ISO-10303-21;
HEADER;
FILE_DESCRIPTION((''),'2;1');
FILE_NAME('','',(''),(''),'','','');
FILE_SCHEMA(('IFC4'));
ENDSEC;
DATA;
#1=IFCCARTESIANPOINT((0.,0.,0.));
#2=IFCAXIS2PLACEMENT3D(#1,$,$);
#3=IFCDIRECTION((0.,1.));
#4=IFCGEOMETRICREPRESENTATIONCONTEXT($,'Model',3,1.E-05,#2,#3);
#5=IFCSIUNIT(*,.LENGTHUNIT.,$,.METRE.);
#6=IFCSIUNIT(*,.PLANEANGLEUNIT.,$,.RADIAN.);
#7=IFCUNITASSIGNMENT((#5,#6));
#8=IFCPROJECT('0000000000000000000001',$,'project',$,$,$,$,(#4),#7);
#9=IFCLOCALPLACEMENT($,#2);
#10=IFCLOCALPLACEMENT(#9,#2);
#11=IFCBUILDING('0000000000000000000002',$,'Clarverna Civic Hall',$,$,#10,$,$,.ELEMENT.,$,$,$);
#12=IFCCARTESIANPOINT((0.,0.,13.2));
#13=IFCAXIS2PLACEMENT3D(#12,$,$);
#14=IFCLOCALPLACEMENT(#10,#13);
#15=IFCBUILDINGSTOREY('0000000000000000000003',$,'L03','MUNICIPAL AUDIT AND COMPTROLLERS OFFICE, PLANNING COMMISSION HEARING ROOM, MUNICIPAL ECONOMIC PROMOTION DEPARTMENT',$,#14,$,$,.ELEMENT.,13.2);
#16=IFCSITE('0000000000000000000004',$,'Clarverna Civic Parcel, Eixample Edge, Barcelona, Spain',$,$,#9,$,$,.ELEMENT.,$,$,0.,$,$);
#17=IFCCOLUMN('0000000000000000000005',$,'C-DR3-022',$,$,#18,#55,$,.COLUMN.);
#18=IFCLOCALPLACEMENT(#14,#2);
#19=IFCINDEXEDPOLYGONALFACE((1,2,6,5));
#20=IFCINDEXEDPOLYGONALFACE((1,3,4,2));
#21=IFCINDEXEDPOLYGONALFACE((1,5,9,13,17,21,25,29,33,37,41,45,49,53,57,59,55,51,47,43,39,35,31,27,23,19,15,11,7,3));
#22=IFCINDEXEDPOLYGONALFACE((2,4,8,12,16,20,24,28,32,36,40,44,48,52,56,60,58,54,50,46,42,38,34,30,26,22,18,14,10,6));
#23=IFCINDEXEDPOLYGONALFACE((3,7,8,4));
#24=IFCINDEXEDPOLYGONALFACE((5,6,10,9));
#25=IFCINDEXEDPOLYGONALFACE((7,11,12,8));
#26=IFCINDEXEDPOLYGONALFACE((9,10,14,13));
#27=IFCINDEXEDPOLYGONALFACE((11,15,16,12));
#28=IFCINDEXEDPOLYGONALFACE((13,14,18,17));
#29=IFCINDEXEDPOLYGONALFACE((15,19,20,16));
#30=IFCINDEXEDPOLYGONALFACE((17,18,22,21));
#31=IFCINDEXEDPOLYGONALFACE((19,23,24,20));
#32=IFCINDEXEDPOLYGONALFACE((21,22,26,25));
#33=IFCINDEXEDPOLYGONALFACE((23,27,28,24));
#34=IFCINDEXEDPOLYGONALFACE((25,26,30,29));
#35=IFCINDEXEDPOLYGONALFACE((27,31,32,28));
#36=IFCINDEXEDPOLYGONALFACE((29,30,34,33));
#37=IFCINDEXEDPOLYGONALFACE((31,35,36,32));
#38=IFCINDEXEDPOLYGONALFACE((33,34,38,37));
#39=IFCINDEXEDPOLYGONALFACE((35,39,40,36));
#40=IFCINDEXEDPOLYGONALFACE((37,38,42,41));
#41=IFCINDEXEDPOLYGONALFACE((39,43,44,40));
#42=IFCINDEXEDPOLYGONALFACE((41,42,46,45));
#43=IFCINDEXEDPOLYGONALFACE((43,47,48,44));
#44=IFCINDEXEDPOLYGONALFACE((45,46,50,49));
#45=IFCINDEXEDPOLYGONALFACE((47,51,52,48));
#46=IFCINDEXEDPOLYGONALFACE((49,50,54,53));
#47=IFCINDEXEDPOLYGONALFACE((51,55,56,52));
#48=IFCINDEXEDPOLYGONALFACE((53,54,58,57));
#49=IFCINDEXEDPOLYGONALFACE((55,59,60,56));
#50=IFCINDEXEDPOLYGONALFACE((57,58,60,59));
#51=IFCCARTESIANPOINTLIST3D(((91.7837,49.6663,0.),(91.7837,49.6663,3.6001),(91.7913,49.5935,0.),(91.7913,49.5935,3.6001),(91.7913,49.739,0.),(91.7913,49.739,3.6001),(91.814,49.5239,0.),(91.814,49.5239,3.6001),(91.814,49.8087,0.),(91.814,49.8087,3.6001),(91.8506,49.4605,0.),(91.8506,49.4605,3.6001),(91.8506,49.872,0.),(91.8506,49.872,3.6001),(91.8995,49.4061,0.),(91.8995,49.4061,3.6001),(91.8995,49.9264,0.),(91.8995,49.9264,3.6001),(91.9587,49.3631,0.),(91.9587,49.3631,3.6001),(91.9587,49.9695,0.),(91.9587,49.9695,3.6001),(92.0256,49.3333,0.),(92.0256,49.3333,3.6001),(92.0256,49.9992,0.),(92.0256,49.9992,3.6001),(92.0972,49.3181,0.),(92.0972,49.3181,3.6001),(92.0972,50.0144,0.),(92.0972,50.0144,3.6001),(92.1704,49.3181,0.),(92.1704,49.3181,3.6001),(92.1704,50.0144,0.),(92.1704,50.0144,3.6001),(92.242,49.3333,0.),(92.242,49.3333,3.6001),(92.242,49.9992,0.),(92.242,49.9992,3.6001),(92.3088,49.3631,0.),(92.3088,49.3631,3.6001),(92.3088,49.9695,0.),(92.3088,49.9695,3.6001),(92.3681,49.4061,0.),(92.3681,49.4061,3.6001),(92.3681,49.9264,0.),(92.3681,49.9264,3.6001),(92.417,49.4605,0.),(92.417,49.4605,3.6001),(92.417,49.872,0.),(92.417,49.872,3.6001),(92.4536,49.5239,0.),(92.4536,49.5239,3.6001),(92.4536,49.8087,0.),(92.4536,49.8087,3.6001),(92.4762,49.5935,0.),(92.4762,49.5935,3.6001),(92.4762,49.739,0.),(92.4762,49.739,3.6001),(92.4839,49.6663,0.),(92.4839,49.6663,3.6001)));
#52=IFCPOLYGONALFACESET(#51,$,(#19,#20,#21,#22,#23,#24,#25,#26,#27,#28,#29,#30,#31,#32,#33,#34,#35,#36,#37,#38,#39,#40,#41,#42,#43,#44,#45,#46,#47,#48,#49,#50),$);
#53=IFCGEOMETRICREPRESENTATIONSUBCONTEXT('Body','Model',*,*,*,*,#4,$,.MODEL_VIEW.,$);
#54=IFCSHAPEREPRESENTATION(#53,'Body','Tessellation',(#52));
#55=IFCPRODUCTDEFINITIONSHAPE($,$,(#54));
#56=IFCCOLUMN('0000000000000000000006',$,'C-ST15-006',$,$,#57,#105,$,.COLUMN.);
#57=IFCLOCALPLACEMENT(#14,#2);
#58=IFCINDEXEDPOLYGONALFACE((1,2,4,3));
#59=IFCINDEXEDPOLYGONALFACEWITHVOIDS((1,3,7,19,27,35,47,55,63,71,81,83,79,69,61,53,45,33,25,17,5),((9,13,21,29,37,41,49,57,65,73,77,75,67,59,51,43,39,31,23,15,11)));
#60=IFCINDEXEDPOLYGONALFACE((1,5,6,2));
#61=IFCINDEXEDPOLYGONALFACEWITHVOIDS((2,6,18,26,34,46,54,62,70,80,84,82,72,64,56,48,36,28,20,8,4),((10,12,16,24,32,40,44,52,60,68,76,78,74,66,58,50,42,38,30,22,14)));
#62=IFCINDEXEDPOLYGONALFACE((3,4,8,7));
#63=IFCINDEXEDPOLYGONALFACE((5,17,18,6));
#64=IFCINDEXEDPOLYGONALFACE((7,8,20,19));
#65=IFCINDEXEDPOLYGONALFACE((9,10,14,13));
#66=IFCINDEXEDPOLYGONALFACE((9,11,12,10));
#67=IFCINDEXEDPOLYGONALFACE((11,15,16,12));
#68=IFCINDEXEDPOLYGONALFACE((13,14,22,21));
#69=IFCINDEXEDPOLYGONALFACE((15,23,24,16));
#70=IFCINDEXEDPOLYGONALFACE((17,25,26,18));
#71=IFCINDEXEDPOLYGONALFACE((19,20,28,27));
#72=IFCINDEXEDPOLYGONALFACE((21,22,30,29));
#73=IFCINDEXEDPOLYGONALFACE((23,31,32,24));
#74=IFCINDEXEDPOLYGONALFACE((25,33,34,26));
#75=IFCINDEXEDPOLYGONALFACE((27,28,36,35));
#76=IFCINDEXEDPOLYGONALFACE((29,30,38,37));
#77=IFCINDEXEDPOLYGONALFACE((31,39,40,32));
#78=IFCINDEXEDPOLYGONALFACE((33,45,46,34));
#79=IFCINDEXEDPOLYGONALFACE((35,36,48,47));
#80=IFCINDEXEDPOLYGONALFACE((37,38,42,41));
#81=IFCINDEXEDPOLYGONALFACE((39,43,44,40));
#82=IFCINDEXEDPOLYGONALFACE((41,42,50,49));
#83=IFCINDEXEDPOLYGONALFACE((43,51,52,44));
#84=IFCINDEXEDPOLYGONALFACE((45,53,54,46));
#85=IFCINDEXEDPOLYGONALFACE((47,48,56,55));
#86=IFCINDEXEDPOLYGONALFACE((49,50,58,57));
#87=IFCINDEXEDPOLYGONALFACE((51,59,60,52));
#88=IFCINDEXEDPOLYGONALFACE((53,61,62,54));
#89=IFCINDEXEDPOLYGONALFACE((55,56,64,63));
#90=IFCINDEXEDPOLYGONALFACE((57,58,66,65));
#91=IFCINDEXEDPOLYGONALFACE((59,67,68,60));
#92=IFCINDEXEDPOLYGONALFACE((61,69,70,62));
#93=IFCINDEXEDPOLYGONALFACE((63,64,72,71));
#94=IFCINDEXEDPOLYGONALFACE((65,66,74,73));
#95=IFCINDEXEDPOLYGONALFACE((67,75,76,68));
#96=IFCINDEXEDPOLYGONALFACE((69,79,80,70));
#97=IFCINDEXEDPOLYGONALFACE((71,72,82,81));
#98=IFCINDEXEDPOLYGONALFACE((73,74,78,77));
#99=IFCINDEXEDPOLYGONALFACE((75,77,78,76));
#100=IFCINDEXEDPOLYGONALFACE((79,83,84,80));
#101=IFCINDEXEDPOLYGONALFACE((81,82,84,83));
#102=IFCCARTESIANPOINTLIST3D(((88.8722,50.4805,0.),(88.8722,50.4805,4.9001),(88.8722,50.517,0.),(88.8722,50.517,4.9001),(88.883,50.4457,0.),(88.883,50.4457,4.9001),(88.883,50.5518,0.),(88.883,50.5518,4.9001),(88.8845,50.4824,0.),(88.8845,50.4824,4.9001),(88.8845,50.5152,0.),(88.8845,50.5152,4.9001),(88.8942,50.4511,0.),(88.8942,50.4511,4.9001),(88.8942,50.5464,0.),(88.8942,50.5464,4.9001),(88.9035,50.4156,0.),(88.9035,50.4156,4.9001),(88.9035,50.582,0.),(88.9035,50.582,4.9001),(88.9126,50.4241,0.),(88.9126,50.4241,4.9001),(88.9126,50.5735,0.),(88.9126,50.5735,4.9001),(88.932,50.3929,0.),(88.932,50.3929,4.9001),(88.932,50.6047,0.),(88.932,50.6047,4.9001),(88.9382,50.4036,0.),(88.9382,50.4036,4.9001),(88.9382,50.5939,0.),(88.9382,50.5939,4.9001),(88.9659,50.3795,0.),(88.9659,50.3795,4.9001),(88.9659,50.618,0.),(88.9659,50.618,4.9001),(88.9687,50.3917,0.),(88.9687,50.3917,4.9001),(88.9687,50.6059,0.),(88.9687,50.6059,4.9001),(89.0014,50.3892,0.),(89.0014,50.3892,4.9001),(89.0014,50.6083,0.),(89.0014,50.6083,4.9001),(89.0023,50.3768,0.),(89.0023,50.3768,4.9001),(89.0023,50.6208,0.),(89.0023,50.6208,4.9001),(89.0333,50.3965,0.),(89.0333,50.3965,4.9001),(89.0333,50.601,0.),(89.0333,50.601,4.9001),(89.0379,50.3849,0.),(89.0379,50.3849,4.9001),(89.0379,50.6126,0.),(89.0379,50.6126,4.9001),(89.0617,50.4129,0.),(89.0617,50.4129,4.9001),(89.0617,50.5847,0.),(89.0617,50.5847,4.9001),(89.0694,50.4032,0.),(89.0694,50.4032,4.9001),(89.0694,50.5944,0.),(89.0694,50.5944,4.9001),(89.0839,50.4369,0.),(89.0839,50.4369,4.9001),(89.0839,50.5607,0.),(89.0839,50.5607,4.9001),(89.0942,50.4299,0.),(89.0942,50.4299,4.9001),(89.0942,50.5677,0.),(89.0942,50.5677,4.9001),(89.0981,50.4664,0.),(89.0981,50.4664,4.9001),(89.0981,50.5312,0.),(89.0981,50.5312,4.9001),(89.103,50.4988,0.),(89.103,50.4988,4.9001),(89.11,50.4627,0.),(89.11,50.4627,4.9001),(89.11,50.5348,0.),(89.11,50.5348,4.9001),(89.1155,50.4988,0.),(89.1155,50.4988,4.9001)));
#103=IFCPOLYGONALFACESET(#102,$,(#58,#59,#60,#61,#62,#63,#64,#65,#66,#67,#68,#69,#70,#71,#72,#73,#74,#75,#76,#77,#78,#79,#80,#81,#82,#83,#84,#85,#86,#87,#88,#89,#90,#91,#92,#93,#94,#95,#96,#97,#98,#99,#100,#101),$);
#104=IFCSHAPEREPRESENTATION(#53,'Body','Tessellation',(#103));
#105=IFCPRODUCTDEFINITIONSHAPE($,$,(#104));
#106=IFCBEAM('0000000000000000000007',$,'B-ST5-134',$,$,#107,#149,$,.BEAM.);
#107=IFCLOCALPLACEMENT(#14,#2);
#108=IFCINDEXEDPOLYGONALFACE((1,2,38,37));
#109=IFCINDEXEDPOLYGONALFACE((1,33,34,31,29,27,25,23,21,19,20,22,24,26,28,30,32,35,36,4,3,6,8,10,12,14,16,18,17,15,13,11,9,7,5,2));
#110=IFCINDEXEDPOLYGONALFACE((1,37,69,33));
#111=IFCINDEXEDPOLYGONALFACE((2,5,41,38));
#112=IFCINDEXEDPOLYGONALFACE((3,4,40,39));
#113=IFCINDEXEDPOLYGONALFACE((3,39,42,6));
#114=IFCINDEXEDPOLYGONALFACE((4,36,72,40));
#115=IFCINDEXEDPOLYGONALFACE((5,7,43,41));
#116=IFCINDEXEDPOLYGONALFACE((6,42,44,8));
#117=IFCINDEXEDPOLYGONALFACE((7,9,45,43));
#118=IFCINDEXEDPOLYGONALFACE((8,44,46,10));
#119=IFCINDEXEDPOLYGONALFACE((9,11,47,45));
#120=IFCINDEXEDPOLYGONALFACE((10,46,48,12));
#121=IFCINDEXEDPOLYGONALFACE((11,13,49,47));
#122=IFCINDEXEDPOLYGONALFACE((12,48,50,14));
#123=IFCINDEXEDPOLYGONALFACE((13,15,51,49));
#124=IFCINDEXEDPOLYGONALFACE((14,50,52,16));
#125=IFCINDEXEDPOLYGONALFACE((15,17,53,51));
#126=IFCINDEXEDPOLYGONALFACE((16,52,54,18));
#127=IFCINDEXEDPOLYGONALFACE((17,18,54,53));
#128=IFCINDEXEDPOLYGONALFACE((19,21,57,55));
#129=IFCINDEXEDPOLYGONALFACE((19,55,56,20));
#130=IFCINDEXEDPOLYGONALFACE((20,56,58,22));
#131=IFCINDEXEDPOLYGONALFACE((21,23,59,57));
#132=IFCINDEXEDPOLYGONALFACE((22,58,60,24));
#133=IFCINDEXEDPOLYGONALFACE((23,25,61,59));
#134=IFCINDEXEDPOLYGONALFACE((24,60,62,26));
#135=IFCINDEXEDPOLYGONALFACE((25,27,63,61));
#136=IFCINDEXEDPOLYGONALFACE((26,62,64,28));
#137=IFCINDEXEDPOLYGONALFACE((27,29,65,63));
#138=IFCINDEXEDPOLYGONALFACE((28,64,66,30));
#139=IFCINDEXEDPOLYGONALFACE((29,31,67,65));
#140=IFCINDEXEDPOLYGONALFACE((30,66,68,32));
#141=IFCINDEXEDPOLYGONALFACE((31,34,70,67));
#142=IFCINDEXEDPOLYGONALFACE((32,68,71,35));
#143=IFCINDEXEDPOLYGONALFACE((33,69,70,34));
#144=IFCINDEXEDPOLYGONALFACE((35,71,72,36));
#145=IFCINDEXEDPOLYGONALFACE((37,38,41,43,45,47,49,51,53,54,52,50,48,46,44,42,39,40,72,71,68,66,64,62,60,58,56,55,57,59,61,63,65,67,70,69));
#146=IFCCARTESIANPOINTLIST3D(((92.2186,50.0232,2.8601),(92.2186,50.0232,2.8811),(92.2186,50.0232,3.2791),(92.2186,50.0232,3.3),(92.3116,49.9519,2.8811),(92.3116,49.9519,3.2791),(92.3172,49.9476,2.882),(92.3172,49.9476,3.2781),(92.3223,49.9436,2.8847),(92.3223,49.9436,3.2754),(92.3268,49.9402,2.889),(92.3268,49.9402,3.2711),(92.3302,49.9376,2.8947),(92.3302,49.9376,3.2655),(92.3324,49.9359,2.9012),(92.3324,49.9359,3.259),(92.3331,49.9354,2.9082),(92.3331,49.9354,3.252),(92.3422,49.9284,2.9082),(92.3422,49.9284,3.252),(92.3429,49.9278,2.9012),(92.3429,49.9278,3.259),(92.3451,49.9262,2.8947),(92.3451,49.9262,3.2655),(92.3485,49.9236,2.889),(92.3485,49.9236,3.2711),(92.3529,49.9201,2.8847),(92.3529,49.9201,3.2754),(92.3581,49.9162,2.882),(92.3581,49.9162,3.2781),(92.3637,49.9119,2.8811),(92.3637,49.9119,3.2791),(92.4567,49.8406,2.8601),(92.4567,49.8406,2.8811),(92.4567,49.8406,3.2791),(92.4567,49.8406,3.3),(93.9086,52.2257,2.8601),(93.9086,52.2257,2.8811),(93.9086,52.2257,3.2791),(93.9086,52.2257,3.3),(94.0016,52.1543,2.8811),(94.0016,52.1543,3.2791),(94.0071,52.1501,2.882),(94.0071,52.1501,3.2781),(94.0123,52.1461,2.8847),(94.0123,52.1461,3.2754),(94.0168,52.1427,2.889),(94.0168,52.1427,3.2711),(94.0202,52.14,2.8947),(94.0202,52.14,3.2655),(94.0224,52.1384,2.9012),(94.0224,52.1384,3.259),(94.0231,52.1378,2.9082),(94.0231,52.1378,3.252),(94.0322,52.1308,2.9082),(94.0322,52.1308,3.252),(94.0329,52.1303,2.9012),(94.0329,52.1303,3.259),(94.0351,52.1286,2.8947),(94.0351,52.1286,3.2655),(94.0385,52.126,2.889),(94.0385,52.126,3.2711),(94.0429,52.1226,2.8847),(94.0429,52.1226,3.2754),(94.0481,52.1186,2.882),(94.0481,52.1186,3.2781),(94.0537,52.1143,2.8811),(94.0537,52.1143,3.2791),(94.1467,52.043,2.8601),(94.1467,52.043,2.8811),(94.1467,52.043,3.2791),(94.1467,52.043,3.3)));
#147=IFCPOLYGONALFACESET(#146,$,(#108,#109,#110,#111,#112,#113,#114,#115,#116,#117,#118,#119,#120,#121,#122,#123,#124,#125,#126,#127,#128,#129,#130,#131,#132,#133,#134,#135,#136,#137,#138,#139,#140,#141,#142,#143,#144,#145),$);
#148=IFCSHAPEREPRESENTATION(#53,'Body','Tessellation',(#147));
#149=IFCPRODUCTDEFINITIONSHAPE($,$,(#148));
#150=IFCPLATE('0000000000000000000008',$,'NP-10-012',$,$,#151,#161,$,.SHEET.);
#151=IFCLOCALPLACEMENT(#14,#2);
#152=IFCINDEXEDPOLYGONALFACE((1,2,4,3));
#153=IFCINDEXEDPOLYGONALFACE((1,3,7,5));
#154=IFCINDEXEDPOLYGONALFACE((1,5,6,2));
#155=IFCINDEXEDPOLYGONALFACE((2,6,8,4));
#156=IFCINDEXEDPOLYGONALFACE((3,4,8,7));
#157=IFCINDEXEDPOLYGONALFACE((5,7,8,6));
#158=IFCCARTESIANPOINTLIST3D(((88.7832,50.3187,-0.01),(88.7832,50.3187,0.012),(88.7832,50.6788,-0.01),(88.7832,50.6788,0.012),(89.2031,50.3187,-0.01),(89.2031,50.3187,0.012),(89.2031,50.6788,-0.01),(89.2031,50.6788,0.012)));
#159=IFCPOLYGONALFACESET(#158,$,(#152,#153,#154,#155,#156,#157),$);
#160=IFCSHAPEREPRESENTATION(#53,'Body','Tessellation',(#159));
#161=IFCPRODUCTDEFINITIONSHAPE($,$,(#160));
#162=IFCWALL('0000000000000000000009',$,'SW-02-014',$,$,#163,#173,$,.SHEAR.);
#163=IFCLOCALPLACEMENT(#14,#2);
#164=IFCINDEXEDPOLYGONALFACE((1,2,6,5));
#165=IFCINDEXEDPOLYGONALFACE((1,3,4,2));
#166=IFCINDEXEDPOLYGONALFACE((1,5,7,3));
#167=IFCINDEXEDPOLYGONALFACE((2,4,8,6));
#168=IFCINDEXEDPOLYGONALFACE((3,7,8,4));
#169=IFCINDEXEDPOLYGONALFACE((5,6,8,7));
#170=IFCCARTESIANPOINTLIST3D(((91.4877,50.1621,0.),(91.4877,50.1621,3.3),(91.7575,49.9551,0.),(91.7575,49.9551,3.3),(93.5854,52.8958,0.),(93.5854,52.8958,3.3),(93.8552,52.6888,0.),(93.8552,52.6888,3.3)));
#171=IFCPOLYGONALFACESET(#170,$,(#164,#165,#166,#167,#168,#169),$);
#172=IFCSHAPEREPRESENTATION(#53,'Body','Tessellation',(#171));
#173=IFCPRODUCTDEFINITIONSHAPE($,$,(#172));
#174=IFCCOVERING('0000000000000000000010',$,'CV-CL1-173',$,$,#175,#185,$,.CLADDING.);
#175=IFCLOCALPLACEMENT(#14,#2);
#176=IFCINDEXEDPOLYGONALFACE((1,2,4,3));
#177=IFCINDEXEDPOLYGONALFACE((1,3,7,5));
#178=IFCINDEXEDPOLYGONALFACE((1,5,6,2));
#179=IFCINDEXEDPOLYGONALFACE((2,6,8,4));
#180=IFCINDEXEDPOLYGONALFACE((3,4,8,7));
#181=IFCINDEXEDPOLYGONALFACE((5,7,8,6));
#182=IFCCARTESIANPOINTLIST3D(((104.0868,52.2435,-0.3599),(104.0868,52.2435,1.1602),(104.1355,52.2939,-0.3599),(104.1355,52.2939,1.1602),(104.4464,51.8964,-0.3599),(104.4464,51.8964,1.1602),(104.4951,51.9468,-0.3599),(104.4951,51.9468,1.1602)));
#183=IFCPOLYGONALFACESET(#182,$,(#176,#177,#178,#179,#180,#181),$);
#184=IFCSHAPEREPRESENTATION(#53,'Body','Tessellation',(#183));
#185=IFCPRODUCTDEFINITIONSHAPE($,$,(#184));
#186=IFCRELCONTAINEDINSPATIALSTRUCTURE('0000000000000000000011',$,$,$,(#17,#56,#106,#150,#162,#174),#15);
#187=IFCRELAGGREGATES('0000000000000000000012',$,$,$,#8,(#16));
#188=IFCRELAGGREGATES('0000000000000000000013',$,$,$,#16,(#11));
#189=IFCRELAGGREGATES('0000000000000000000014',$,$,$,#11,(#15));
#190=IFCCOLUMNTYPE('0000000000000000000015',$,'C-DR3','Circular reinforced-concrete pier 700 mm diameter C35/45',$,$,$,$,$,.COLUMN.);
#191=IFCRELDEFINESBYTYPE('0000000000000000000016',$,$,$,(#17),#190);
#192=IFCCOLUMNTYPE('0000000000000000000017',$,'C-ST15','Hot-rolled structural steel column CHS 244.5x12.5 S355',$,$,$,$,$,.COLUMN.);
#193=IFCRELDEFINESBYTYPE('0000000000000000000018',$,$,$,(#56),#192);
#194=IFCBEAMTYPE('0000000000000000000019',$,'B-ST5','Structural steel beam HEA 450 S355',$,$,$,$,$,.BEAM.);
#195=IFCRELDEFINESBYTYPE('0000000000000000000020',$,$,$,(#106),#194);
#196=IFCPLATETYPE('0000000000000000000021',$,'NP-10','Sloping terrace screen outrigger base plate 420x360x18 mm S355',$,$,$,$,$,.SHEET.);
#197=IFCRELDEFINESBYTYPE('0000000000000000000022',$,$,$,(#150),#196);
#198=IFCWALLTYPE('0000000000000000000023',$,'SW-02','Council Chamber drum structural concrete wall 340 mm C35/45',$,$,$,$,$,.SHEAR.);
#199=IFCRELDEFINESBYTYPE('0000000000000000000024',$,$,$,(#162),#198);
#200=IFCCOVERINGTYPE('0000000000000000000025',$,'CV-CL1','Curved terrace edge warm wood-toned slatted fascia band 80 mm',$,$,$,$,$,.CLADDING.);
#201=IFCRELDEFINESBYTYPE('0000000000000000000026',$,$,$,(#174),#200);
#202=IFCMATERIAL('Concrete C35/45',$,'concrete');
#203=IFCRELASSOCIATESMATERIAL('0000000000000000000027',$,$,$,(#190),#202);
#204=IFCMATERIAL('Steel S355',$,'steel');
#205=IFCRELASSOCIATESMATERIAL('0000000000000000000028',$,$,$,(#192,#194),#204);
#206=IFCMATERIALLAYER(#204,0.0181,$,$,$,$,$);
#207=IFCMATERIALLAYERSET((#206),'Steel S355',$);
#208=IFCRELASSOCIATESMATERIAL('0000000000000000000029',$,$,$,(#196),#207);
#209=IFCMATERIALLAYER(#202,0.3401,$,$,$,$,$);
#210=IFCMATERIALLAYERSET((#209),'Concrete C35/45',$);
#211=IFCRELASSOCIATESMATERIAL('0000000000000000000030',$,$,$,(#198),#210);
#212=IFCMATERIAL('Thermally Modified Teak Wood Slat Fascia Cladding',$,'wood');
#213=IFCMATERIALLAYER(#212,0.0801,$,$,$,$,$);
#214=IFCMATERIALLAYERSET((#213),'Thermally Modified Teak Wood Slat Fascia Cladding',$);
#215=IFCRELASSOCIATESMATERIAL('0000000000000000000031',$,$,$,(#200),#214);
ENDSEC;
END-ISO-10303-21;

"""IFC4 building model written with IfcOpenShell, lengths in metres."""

from ifc_helpers import new_model, si_unit, direction, frame, frame_2d, origin, origin_2d, place, context, subcontext, project, spatial, rectangle, circle, hollow_circle, i_section, extrude, material, layer, layer_set, material_profile, profile_set, type_object, element, save


model = new_model("IFC4")

# Units and contexts
model_context = context("Model", 3, precision=1e-05, world=origin(), true_north=direction((0.0, 1.0)))
body_context = subcontext(model_context, "Body", "Model", "MODEL_VIEW")
ifc_project = project(units=[si_unit("LENGTHUNIT", "METRE"), si_unit("PLANEANGLEUNIT", "RADIAN")], contexts=[model_context])

# Site, building, storey
site_placement = place(None, origin())
site = spatial("IfcSite", under=ifc_project, at=site_placement, Name="Clarverna Civic Parcel, Eixample Edge, Barcelona, Spain", CompositionType="ELEMENT", RefElevation=0.0)
building_placement = place(site_placement, origin())
building = spatial("IfcBuilding", under=site, at=building_placement, Name="Clarverna Civic Hall", CompositionType="ELEMENT")
storey_placement = place(building_placement, frame((0.0, 0.0, 13.2)))
storey = spatial("IfcBuildingStorey", under=building, at=storey_placement, Name="L03", Description="MUNICIPAL AUDIT AND COMPTROLLERS OFFICE, PLANNING COMMISSION HEARING ROOM, MUNICIPAL ECONOMIC PROMOTION DEPARTMENT", CompositionType="ELEMENT", Elevation=13.2)

# Columns
ifc_material_1 = material(Name="Concrete C35/45", Category="concrete")
ifc_material_profile_1 = material_profile(ifc_material_1, circle(Radius=0.3501, at=origin_2d()), Name="RC D700")
ifc_profile_set_1 = profile_set([ifc_material_profile_1], Name="Concrete C35/45")
column_type_1 = type_object("IfcColumnType", Name="C-DR3", Description="Circular reinforced-concrete pier 700 mm diameter C35/45", PredefinedType="COLUMN", material=ifc_profile_set_1)
column_1_placement = place(storey_placement, frame((92.1338, 49.6663, 0.0), z_axis=(0.0, 0.0, 1.0), x_axis=(1.0, 0.0, 0.0)))
element("IfcColumn", 1, at=column_1_placement, inside=storey, type_object=column_type_1, Name="C-DR3-022", PredefinedType="COLUMN", context=body_context, shape_type="SweptSolid", body=[
    extrude(circle(Radius=0.3501, at=origin_2d()), origin(), (0.0, 0.0, 1.0), 3.6001),
])
ifc_material_2 = material(Name="Steel S355", Category="steel")
ifc_material_profile_2 = material_profile(ifc_material_2, hollow_circle(Radius=0.1223, WallThickness=0.0125, at=origin_2d()), Name="CHS 244.5x12.5")
ifc_profile_set_2 = profile_set([ifc_material_profile_2], Name="Steel S355")
column_type_2 = type_object("IfcColumnType", Name="C-ST15", Description="Hot-rolled structural steel column CHS 244.5x12.5 S355", PredefinedType="COLUMN", material=ifc_profile_set_2)
column_2_placement = place(storey_placement, frame((88.9932, 50.4988, 0.0), z_axis=(0.0, 0.0, 1.0), x_axis=(1.0, 0.0, 0.0)))
element("IfcColumn", 2, at=column_2_placement, inside=storey, type_object=column_type_2, Name="C-ST15-006", PredefinedType="COLUMN", context=body_context, shape_type="SweptSolid", body=[
    extrude(hollow_circle(Radius=0.1223, WallThickness=0.0125, at=origin_2d()), origin(), (0.0, 0.0, 1.0), 4.9001),
])

# Beam
ifc_material_profile_3 = material_profile(ifc_material_2, i_section(OverallWidth=0.3, OverallDepth=0.4399, WebThickness=0.0115, FlangeThickness=0.021, FilletRadius=0.0271, at=origin_2d()), Name="HEA 450")
ifc_profile_set_3 = profile_set([ifc_material_profile_3], Name="Steel S355")
beam_type = type_object("IfcBeamType", Name="B-ST5", Description="Structural steel beam HEA 450 S355", PredefinedType="BEAM", material=ifc_profile_set_3)
beam_placement = place(storey_placement, frame((92.3376, 49.9319, 3.0801), z_axis=(0.608758, 0.793356, 0.0), x_axis=(-0.793356, 0.608758, 0.0)))
element("IfcBeam", 3, at=beam_placement, inside=storey, type_object=beam_type, Name="B-ST5-134", PredefinedType="BEAM", context=body_context, shape_type="SweptSolid", body=[
    extrude(i_section(OverallWidth=0.3, OverallDepth=0.4399, WebThickness=0.0115, FlangeThickness=0.021, FilletRadius=0.0271, at=origin_2d()), origin(), (0.0, 0.0, 1.0), 2.7761),
])

# Plate
ifc_layer_1 = layer(ifc_material_2, 0.0181)
ifc_layer_set_1 = layer_set([ifc_layer_1], Name="Steel S355")
plate_type = type_object("IfcPlateType", Name="NP-10", Description="Sloping terrace screen outrigger base plate 420x360x18 mm S355", PredefinedType="SHEET", material=ifc_layer_set_1)
plate_placement = place(storey_placement, frame((88.9932, 50.4988, -0.01), z_axis=(0.0, 0.0, 1.0), x_axis=(1.0, 0.0, 0.0)))
element("IfcPlate", 4, at=plate_placement, inside=storey, type_object=plate_type, Name="NP-10-012", PredefinedType="SHEET", context=body_context, shape_type="SweptSolid", body=[
    extrude(rectangle(XDim=0.4199, YDim=0.3601, at=origin_2d()), origin(), (0.0, 0.0, 1.0), 0.022),
])

# Wall
ifc_layer_2 = layer(ifc_material_1, 0.3401)
ifc_layer_set_2 = layer_set([ifc_layer_2], Name="Concrete C35/45")
wall_type = type_object("IfcWallType", Name="SW-02", Description="Council Chamber drum structural concrete wall 340 mm C35/45", PredefinedType="SHEAR", material=ifc_layer_set_2)
wall_placement = place(storey_placement, frame((91.6226, 50.0586, 0.0), z_axis=(0.0, 0.0, 1.0), x_axis=(0.608772, 0.793345, 0.0)))
element("IfcWall", 5, at=wall_placement, inside=storey, type_object=wall_type, Name="SW-02-014", PredefinedType="SHEAR", context=body_context, shape_type="SweptSolid", body=[
    extrude(rectangle(XDim=3.4458, YDim=0.3401, at=frame_2d((1.7229, 0.0))), origin(), (0.0, 0.0, 1.0), 3.3),
])

# Covering
ifc_material_3 = material(Name="Thermally Modified Teak Wood Slat Fascia Cladding", Category="wood")
ifc_layer_3 = layer(ifc_material_3, 0.0801)
ifc_layer_set_3 = layer_set([ifc_layer_3], Name="Thermally Modified Teak Wood Slat Fascia Cladding")
covering_type = type_object("IfcCoveringType", Name="CV-CL1", Description="Curved terrace edge warm wood-toned slatted fascia band 80 mm", PredefinedType="CLADDING", material=ifc_layer_set_3)
for number, where, z_axis, x_axis, name in (
    (6, (104.1111, 52.2688, -0.3599), (0.0, 0.0, 1.0), (0.719452, -0.694542, 0.0), "CV-CL1-173"),
):
    element("IfcCovering", number, at=place(storey_placement, frame(where, z_axis=z_axis, x_axis=x_axis)), inside=storey, type_object=covering_type, Name=name, PredefinedType="CLADDING", context=body_context, shape_type="SweptSolid", body=[
        extrude(rectangle(XDim=0.4998, YDim=0.0701, at=frame_2d((0.25, 0.0))), origin(), (0.0, 0.0, 1.0), 1.52),
    ])

save(model, "model.ifc")
